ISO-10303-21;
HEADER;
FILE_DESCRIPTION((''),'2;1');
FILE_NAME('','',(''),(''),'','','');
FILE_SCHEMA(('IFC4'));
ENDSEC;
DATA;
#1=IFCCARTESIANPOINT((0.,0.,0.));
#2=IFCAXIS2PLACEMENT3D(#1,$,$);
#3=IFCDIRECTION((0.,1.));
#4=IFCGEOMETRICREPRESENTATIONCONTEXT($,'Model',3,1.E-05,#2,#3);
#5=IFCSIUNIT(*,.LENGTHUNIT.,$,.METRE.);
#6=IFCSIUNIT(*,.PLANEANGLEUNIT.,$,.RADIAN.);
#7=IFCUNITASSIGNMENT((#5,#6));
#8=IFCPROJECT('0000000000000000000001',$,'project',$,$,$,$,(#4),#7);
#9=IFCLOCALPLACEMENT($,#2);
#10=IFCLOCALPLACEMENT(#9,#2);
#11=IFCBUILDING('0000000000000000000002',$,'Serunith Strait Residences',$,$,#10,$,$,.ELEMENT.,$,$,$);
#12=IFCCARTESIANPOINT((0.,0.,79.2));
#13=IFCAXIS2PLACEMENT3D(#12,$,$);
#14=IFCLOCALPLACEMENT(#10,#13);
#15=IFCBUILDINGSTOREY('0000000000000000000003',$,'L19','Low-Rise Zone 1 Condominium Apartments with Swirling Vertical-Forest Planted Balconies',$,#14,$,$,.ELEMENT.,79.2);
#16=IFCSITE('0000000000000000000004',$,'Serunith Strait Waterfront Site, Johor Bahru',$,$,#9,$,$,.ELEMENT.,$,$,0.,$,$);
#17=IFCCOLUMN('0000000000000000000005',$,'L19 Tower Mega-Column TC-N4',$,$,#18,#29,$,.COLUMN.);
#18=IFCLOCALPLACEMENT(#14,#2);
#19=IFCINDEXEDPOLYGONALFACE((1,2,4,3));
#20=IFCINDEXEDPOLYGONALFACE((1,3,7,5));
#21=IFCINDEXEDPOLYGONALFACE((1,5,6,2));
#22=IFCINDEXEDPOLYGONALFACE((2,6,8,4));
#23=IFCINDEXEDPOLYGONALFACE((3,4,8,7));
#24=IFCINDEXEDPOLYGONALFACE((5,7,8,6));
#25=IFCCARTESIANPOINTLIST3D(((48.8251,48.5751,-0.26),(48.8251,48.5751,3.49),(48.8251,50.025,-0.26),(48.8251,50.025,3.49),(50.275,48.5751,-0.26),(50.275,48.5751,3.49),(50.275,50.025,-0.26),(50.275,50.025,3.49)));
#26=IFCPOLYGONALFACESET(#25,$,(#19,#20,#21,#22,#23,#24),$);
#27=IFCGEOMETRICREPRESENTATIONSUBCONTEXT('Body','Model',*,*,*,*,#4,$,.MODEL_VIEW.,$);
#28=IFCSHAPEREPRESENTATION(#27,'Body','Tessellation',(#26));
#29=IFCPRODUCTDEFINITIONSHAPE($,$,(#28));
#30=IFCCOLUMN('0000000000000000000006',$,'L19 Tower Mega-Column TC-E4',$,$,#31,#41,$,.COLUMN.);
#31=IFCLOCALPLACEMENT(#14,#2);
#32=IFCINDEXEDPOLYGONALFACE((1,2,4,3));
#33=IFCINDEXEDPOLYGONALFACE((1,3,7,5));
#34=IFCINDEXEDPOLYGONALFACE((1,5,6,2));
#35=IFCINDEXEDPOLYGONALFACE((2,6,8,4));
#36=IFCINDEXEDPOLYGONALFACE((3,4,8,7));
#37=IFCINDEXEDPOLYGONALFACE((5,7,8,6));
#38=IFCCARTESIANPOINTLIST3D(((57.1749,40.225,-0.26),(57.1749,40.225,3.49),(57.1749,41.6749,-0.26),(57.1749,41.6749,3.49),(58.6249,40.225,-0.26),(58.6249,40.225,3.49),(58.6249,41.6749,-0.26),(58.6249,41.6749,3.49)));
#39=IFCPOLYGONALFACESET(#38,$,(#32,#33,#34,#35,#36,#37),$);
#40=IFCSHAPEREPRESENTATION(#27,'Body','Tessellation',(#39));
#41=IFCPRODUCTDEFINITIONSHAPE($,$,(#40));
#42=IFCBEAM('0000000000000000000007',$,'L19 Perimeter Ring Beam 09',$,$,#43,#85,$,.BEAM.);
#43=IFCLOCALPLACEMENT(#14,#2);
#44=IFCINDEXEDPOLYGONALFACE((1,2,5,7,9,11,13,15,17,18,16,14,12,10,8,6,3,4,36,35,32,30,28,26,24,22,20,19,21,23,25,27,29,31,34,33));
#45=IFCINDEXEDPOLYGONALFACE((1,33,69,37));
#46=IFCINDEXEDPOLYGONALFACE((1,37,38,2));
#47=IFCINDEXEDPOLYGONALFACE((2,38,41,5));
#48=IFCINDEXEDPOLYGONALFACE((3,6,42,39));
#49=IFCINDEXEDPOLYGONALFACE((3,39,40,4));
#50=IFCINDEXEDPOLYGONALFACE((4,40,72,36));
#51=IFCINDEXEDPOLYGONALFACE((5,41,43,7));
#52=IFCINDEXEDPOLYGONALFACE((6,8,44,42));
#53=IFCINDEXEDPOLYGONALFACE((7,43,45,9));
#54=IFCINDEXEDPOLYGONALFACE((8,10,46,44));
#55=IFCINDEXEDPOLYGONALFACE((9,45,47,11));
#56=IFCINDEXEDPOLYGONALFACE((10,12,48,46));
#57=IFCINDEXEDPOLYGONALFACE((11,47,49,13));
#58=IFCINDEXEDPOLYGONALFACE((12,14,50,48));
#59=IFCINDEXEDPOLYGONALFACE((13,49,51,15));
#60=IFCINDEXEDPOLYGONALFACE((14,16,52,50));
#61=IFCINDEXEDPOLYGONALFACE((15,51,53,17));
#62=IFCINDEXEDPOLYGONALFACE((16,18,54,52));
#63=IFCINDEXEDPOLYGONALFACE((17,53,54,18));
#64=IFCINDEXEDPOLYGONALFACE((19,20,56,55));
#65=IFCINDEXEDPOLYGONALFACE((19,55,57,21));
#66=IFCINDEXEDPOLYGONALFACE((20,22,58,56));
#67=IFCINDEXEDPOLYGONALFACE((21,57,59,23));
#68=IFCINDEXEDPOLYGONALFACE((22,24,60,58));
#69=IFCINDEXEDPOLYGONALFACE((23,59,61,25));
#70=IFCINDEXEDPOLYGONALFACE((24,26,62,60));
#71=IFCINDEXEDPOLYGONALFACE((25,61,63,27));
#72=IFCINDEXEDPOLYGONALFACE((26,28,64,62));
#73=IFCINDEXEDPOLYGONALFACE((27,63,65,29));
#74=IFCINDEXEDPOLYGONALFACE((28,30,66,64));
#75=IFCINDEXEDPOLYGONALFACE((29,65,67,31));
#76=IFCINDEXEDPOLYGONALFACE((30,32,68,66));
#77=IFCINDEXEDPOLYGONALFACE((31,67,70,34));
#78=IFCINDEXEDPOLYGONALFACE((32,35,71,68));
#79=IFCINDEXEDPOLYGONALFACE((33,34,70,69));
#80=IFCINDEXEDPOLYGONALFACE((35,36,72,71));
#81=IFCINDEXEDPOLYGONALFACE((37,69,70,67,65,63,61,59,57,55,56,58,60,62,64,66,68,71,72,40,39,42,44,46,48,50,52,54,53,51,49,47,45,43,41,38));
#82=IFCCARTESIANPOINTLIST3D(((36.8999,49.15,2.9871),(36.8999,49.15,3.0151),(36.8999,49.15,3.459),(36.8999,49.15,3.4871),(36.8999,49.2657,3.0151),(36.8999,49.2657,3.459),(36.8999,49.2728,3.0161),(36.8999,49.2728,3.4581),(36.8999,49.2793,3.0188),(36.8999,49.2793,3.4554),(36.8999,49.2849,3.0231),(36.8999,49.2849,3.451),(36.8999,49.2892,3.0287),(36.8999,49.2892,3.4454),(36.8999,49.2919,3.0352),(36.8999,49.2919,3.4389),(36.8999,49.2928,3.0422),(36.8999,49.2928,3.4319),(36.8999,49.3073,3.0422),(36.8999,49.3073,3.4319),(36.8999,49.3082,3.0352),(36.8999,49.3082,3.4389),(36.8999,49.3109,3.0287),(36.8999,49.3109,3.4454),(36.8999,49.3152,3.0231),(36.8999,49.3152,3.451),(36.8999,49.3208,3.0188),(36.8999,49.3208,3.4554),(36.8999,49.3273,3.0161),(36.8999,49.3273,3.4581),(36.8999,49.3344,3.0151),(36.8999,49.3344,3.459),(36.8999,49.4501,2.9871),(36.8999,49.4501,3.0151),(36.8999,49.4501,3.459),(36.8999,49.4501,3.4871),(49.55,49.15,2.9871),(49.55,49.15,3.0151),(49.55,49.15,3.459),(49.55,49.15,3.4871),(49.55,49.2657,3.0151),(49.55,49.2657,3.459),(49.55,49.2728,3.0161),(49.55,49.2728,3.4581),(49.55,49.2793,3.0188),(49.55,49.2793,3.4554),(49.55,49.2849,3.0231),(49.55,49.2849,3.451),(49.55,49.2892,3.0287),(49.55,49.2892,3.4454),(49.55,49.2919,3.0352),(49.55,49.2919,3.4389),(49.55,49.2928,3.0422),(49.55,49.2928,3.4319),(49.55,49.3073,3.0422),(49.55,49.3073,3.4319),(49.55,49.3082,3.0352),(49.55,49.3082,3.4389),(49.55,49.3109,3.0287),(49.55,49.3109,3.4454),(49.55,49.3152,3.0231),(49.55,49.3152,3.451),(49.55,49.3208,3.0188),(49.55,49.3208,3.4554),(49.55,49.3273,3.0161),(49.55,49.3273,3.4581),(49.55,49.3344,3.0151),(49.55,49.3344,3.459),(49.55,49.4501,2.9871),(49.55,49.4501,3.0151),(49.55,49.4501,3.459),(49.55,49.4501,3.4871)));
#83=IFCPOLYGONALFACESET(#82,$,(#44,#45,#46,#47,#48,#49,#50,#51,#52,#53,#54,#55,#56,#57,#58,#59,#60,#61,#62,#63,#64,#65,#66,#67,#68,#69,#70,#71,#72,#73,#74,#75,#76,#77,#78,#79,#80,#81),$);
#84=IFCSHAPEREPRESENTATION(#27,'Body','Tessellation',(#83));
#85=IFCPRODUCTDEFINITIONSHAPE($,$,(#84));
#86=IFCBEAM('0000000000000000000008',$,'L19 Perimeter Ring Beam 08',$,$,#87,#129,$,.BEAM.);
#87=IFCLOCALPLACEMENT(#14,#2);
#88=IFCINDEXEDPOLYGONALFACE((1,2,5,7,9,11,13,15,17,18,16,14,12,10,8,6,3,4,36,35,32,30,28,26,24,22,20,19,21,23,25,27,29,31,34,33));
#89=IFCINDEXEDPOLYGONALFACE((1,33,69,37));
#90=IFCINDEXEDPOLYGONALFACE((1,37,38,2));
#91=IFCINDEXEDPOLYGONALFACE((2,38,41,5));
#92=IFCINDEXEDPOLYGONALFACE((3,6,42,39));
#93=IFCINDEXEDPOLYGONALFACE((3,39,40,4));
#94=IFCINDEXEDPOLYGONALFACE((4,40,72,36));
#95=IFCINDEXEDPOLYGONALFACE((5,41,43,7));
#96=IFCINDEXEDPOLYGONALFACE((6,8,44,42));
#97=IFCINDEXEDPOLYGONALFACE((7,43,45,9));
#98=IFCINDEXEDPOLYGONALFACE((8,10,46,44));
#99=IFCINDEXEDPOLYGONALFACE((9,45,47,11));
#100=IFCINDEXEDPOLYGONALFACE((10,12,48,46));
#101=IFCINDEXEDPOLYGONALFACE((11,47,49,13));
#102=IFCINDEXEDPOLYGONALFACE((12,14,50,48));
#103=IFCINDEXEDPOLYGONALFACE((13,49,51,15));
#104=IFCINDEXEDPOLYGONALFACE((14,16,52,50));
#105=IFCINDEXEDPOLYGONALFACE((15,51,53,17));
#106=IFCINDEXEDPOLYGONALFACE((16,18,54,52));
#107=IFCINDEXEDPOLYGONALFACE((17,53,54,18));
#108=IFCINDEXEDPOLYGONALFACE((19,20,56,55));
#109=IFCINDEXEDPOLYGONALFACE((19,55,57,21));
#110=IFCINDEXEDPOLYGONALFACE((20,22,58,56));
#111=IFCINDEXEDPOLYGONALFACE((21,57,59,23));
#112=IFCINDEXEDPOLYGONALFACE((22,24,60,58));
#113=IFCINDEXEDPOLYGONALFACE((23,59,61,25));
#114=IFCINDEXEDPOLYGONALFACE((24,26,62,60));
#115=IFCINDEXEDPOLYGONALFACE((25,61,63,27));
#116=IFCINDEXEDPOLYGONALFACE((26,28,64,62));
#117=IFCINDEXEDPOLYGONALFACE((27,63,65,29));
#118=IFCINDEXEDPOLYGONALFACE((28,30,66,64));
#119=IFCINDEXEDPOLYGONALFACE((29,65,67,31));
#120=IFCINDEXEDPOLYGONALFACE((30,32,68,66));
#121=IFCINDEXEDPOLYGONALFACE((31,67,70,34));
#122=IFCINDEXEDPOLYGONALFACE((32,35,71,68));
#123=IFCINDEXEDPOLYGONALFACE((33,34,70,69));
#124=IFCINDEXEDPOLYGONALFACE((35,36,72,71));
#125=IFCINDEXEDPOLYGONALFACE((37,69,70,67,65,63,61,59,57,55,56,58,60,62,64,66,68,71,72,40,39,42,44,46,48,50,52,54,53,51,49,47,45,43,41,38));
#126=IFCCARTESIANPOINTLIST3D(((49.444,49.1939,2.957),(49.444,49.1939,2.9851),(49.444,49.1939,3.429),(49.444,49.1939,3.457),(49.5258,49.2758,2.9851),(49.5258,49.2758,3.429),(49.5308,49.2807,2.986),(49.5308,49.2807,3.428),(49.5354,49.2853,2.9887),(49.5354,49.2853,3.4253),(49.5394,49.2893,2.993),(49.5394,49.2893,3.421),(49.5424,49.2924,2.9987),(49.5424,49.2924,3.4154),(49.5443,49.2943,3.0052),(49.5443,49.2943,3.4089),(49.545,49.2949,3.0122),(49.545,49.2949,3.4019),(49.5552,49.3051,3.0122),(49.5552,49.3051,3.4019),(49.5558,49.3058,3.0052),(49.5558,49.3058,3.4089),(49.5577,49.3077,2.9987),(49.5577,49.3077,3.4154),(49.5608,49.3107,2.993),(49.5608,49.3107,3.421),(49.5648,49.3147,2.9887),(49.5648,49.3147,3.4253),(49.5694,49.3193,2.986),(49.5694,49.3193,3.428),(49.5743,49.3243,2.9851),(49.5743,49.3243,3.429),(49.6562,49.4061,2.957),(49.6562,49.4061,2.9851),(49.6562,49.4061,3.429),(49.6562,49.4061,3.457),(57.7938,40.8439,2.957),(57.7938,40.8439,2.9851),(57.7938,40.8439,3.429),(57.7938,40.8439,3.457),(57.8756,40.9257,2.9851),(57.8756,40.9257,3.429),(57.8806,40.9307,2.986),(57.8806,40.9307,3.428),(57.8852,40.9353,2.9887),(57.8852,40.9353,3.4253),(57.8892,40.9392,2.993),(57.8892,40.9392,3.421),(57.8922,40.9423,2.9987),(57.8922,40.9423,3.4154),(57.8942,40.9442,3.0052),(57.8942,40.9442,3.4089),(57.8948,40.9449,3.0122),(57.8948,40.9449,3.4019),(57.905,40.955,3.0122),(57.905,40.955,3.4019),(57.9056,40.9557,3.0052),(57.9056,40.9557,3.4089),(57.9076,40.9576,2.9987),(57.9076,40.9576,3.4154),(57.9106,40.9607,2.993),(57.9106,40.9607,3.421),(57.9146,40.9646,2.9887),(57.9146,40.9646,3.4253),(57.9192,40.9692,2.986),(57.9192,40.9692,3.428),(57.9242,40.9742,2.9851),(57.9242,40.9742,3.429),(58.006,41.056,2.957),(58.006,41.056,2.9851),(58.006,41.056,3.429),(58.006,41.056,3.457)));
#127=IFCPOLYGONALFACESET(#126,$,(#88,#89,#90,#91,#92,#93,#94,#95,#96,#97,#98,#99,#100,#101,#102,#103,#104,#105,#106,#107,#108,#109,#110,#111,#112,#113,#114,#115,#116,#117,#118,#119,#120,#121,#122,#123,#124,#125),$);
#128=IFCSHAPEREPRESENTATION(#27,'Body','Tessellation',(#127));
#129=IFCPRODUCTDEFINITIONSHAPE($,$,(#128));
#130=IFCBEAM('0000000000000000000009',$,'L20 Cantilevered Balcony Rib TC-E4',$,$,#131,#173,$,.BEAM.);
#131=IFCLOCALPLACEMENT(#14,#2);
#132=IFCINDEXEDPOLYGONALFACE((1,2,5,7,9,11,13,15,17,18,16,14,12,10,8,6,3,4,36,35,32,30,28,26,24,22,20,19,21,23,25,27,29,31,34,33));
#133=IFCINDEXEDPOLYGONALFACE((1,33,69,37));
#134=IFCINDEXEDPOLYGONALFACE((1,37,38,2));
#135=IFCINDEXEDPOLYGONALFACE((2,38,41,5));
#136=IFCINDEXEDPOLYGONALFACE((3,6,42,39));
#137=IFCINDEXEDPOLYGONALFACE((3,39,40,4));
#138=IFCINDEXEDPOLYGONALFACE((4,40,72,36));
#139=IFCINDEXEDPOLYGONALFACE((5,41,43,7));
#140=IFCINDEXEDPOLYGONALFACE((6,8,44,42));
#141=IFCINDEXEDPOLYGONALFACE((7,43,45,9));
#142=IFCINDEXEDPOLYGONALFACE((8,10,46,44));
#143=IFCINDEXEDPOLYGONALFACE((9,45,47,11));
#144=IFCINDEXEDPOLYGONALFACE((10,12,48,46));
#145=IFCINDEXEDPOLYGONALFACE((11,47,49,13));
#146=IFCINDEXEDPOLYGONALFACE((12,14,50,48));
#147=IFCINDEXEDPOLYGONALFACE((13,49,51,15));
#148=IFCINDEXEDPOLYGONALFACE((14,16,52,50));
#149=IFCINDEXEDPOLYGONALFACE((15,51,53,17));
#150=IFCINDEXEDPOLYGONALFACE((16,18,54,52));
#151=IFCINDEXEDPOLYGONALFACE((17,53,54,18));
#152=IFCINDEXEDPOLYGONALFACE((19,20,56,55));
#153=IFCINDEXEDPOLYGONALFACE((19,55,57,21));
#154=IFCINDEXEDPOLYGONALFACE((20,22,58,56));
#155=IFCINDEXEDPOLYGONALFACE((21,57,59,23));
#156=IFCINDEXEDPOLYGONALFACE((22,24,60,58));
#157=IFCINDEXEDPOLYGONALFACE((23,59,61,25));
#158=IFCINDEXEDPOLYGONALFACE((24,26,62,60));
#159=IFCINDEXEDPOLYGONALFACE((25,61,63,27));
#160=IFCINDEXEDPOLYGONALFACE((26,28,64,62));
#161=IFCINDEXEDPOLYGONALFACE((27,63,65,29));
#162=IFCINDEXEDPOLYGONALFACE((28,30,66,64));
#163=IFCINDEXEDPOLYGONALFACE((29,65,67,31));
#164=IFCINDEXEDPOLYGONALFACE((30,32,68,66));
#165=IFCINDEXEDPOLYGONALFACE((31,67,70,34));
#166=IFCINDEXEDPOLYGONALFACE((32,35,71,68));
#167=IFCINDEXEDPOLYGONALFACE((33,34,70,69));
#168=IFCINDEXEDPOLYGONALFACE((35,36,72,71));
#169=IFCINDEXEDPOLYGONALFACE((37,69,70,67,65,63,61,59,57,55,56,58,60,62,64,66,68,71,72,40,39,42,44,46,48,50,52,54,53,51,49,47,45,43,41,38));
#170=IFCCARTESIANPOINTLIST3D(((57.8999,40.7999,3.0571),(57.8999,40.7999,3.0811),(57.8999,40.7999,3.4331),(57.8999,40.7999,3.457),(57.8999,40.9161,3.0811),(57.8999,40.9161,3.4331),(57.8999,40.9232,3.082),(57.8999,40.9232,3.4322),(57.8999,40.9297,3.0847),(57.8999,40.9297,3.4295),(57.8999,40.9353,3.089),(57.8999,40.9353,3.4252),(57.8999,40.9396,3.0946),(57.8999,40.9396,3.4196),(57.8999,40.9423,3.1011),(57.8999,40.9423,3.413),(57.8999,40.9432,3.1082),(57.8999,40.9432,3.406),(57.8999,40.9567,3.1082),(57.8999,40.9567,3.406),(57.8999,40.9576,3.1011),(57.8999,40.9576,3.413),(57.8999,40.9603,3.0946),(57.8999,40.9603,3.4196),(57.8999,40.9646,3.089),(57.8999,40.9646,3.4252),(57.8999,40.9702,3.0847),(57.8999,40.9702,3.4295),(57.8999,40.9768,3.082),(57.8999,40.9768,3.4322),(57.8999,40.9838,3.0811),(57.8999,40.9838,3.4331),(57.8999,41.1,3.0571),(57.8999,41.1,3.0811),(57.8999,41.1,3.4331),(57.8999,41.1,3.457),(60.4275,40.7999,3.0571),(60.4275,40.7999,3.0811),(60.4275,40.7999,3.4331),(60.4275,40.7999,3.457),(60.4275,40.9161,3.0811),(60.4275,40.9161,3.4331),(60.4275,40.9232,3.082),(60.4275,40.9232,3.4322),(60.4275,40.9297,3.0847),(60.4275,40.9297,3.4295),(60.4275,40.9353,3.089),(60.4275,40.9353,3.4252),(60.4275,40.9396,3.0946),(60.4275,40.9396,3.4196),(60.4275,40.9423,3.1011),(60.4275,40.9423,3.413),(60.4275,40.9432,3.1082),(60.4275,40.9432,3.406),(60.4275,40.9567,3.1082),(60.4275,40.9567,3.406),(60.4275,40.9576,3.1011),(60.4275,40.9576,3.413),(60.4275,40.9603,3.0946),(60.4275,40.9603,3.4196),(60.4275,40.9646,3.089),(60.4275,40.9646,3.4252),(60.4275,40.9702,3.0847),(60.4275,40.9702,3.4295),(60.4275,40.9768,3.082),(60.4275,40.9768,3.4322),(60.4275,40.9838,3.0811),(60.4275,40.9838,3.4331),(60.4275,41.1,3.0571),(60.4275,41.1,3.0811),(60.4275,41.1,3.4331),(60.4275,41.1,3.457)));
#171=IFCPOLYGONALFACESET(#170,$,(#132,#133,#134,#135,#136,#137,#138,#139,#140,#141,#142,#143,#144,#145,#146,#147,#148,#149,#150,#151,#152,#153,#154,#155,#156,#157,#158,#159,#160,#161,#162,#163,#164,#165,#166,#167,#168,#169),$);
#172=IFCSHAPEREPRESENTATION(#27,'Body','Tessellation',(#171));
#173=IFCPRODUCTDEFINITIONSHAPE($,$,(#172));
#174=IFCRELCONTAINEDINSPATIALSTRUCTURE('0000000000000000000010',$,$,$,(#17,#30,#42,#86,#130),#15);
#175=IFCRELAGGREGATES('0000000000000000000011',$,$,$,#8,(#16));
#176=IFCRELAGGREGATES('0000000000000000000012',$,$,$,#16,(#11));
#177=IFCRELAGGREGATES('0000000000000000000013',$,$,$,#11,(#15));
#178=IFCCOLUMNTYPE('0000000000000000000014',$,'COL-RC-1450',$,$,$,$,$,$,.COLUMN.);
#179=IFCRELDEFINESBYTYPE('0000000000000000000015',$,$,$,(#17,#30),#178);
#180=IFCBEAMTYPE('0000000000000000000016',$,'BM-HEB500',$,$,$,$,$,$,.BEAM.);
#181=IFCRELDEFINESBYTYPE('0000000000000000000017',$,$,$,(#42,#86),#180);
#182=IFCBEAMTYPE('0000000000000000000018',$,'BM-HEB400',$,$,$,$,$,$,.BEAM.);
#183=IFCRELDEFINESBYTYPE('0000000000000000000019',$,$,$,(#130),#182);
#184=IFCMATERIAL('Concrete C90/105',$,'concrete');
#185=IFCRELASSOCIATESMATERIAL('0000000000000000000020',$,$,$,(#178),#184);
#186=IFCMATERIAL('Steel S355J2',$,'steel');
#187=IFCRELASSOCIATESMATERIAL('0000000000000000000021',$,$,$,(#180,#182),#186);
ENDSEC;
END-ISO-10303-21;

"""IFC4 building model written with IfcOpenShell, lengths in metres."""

from ifc_helpers import new_model, si_unit, direction, frame, origin, origin_2d, place, context, subcontext, project, spatial, rectangle, i_section, extrude, source, transform, mapped, material, material_profile, profile_set, type_object, element, save


model = new_model("IFC4")

# Units and contexts
model_context = context("Model", 3, precision=1e-05, world=origin(), true_north=direction((0.0, 1.0)))
body_context = subcontext(model_context, "Body", "Model", "MODEL_VIEW")
ifc_project = project(units=[si_unit("LENGTHUNIT", "METRE"), si_unit("PLANEANGLEUNIT", "RADIAN")], contexts=[model_context])

# Site, building, storey
site_placement = place(None, origin())
site = spatial("IfcSite", under=ifc_project, at=site_placement, Name="Serunith Strait Waterfront Site, Johor Bahru", CompositionType="ELEMENT", RefElevation=0.0)
building_placement = place(site_placement, origin())
building = spatial("IfcBuilding", under=site, at=building_placement, Name="Serunith Strait Residences", CompositionType="ELEMENT")
storey_placement = place(building_placement, frame((0.0, 0.0, 79.2)))
storey = spatial("IfcBuildingStorey", under=building, at=storey_placement, Name="L19", Description="Low-Rise Zone 1 Condominium Apartments with Swirling Vertical-Forest Planted Balconies", CompositionType="ELEMENT", Elevation=79.2)

# Columns
ifc_material_1 = material(Name="Concrete C90/105", Category="concrete")
ifc_material_profile_1 = material_profile(ifc_material_1, rectangle(XDim=1.45, YDim=1.45, at=origin_2d()), Name="RC 1450x1450")
ifc_profile_set_1 = profile_set([ifc_material_profile_1], Name="Concrete C90/105")
column_type = type_object("IfcColumnType", Name="COL-RC-1450", PredefinedType="COLUMN", material=ifc_profile_set_1)
shared_shape_1 = source(origin(), body_context, "Body", "SweptSolid", [
    extrude(rectangle(XDim=1.45, YDim=1.45, at=origin_2d()), origin(), (0.0, 0.0, 1.0), 3.75),
])
for number, where, z_axis, x_axis, name in (
    (1, (49.55, 49.3, -0.26), (0.0, 0.0, 1.0), (1.0, 0.0, 0.0), "L19 Tower Mega-Column TC-N4"),
    (2, (57.8999, 40.95, -0.26), (0.0, 0.0, 1.0), (1.0, 0.0, 0.0), "L19 Tower Mega-Column TC-E4"),
):
    element("IfcColumn", number, at=place(storey_placement, frame(where, z_axis=z_axis, x_axis=x_axis)), inside=storey, type_object=column_type, Name=name, PredefinedType="COLUMN", context=body_context, shape_type="MappedRepresentation", body=[
        mapped(shared_shape_1, transform((0.0, 0.0, 0.0), scale=1.0)),
    ])

# Beams
ifc_material_2 = material(Name="Steel S355J2", Category="steel")
ifc_material_profile_2 = material_profile(ifc_material_2, i_section(OverallWidth=0.3, OverallDepth=0.5, WebThickness=0.0144, FlangeThickness=0.0281, FilletRadius=0.0271, at=origin_2d()), Name="HEB 500")
ifc_profile_set_2 = profile_set([ifc_material_profile_2], Name="Steel S355J2")
beam_type_1 = type_object("IfcBeamType", Name="BM-HEB500", PredefinedType="BEAM", material=ifc_profile_set_2)
shared_shape_2 = source(origin(), body_context, "Body", "SweptSolid", [
    extrude(i_section(OverallWidth=0.3, OverallDepth=0.5, WebThickness=0.0144, FlangeThickness=0.0281, FilletRadius=0.0271, at=origin_2d()), origin(), (0.0, 0.0, 1.0), 12.6501),
])
beam_1_placement = place(storey_placement, frame((49.55, 49.3, 3.2371), z_axis=(-1.0, 0.0, 0.0), x_axis=(0.0, -1.0, 0.0)))
element("IfcBeam", 3, at=beam_1_placement, inside=storey, type_object=beam_type_1, Name="L19 Perimeter Ring Beam 09", PredefinedType="BEAM", context=body_context, shape_type="MappedRepresentation", body=[
    mapped(shared_shape_2, transform((0.0, 0.0, 0.0), scale=1.0)),
])
shared_shape_3 = source(origin(), body_context, "Body", "SweptSolid", [
    extrude(i_section(OverallWidth=0.3, OverallDepth=0.5, WebThickness=0.0144, FlangeThickness=0.0281, FilletRadius=0.0271, at=origin_2d()), origin(), (0.0, 0.0, 1.0), 11.8086),
])
beam_2_placement = place(storey_placement, frame((57.8999, 40.95, 3.207), z_axis=(-0.707096, 0.707117, 0.0), x_axis=(-0.707117, -0.707096, 0.0)))
element("IfcBeam", 4, at=beam_2_placement, inside=storey, type_object=beam_type_1, Name="L19 Perimeter Ring Beam 08", PredefinedType="BEAM", context=body_context, shape_type="MappedRepresentation", body=[
    mapped(shared_shape_3, transform((0.0, 0.0, 0.0), scale=1.0)),
])
ifc_material_profile_3 = material_profile(ifc_material_2, i_section(OverallWidth=0.3, OverallDepth=0.3999, WebThickness=0.0134, FlangeThickness=0.0239, FilletRadius=0.0271, at=origin_2d()), Name="HEB 400")
ifc_profile_set_3 = profile_set([ifc_material_profile_3], Name="Steel S355J2")
beam_type_2 = type_object("IfcBeamType", Name="BM-HEB400", PredefinedType="BEAM", material=ifc_profile_set_3)
shared_shape_4 = source(origin(), body_context, "Body", "SweptSolid", [
    extrude(i_section(OverallWidth=0.3, OverallDepth=0.3999, WebThickness=0.0134, FlangeThickness=0.0239, FilletRadius=0.0271, at=origin_2d()), origin(), (0.0, 0.0, 1.0), 2.5276),
])
beam_3_placement = place(storey_placement, frame((57.8999, 40.95, 3.2571), z_axis=(1.0, 0.0, 0.0), x_axis=(0.0, 1.0, 0.0)))
element("IfcBeam", 5, at=beam_3_placement, inside=storey, type_object=beam_type_2, Name="L20 Cantilevered Balcony Rib TC-E4", PredefinedType="BEAM", context=body_context, shape_type="MappedRepresentation", body=[
    mapped(shared_shape_4, transform((0.0, 0.0, 0.0), scale=1.0)),
])

save(model, "model.ifc")
